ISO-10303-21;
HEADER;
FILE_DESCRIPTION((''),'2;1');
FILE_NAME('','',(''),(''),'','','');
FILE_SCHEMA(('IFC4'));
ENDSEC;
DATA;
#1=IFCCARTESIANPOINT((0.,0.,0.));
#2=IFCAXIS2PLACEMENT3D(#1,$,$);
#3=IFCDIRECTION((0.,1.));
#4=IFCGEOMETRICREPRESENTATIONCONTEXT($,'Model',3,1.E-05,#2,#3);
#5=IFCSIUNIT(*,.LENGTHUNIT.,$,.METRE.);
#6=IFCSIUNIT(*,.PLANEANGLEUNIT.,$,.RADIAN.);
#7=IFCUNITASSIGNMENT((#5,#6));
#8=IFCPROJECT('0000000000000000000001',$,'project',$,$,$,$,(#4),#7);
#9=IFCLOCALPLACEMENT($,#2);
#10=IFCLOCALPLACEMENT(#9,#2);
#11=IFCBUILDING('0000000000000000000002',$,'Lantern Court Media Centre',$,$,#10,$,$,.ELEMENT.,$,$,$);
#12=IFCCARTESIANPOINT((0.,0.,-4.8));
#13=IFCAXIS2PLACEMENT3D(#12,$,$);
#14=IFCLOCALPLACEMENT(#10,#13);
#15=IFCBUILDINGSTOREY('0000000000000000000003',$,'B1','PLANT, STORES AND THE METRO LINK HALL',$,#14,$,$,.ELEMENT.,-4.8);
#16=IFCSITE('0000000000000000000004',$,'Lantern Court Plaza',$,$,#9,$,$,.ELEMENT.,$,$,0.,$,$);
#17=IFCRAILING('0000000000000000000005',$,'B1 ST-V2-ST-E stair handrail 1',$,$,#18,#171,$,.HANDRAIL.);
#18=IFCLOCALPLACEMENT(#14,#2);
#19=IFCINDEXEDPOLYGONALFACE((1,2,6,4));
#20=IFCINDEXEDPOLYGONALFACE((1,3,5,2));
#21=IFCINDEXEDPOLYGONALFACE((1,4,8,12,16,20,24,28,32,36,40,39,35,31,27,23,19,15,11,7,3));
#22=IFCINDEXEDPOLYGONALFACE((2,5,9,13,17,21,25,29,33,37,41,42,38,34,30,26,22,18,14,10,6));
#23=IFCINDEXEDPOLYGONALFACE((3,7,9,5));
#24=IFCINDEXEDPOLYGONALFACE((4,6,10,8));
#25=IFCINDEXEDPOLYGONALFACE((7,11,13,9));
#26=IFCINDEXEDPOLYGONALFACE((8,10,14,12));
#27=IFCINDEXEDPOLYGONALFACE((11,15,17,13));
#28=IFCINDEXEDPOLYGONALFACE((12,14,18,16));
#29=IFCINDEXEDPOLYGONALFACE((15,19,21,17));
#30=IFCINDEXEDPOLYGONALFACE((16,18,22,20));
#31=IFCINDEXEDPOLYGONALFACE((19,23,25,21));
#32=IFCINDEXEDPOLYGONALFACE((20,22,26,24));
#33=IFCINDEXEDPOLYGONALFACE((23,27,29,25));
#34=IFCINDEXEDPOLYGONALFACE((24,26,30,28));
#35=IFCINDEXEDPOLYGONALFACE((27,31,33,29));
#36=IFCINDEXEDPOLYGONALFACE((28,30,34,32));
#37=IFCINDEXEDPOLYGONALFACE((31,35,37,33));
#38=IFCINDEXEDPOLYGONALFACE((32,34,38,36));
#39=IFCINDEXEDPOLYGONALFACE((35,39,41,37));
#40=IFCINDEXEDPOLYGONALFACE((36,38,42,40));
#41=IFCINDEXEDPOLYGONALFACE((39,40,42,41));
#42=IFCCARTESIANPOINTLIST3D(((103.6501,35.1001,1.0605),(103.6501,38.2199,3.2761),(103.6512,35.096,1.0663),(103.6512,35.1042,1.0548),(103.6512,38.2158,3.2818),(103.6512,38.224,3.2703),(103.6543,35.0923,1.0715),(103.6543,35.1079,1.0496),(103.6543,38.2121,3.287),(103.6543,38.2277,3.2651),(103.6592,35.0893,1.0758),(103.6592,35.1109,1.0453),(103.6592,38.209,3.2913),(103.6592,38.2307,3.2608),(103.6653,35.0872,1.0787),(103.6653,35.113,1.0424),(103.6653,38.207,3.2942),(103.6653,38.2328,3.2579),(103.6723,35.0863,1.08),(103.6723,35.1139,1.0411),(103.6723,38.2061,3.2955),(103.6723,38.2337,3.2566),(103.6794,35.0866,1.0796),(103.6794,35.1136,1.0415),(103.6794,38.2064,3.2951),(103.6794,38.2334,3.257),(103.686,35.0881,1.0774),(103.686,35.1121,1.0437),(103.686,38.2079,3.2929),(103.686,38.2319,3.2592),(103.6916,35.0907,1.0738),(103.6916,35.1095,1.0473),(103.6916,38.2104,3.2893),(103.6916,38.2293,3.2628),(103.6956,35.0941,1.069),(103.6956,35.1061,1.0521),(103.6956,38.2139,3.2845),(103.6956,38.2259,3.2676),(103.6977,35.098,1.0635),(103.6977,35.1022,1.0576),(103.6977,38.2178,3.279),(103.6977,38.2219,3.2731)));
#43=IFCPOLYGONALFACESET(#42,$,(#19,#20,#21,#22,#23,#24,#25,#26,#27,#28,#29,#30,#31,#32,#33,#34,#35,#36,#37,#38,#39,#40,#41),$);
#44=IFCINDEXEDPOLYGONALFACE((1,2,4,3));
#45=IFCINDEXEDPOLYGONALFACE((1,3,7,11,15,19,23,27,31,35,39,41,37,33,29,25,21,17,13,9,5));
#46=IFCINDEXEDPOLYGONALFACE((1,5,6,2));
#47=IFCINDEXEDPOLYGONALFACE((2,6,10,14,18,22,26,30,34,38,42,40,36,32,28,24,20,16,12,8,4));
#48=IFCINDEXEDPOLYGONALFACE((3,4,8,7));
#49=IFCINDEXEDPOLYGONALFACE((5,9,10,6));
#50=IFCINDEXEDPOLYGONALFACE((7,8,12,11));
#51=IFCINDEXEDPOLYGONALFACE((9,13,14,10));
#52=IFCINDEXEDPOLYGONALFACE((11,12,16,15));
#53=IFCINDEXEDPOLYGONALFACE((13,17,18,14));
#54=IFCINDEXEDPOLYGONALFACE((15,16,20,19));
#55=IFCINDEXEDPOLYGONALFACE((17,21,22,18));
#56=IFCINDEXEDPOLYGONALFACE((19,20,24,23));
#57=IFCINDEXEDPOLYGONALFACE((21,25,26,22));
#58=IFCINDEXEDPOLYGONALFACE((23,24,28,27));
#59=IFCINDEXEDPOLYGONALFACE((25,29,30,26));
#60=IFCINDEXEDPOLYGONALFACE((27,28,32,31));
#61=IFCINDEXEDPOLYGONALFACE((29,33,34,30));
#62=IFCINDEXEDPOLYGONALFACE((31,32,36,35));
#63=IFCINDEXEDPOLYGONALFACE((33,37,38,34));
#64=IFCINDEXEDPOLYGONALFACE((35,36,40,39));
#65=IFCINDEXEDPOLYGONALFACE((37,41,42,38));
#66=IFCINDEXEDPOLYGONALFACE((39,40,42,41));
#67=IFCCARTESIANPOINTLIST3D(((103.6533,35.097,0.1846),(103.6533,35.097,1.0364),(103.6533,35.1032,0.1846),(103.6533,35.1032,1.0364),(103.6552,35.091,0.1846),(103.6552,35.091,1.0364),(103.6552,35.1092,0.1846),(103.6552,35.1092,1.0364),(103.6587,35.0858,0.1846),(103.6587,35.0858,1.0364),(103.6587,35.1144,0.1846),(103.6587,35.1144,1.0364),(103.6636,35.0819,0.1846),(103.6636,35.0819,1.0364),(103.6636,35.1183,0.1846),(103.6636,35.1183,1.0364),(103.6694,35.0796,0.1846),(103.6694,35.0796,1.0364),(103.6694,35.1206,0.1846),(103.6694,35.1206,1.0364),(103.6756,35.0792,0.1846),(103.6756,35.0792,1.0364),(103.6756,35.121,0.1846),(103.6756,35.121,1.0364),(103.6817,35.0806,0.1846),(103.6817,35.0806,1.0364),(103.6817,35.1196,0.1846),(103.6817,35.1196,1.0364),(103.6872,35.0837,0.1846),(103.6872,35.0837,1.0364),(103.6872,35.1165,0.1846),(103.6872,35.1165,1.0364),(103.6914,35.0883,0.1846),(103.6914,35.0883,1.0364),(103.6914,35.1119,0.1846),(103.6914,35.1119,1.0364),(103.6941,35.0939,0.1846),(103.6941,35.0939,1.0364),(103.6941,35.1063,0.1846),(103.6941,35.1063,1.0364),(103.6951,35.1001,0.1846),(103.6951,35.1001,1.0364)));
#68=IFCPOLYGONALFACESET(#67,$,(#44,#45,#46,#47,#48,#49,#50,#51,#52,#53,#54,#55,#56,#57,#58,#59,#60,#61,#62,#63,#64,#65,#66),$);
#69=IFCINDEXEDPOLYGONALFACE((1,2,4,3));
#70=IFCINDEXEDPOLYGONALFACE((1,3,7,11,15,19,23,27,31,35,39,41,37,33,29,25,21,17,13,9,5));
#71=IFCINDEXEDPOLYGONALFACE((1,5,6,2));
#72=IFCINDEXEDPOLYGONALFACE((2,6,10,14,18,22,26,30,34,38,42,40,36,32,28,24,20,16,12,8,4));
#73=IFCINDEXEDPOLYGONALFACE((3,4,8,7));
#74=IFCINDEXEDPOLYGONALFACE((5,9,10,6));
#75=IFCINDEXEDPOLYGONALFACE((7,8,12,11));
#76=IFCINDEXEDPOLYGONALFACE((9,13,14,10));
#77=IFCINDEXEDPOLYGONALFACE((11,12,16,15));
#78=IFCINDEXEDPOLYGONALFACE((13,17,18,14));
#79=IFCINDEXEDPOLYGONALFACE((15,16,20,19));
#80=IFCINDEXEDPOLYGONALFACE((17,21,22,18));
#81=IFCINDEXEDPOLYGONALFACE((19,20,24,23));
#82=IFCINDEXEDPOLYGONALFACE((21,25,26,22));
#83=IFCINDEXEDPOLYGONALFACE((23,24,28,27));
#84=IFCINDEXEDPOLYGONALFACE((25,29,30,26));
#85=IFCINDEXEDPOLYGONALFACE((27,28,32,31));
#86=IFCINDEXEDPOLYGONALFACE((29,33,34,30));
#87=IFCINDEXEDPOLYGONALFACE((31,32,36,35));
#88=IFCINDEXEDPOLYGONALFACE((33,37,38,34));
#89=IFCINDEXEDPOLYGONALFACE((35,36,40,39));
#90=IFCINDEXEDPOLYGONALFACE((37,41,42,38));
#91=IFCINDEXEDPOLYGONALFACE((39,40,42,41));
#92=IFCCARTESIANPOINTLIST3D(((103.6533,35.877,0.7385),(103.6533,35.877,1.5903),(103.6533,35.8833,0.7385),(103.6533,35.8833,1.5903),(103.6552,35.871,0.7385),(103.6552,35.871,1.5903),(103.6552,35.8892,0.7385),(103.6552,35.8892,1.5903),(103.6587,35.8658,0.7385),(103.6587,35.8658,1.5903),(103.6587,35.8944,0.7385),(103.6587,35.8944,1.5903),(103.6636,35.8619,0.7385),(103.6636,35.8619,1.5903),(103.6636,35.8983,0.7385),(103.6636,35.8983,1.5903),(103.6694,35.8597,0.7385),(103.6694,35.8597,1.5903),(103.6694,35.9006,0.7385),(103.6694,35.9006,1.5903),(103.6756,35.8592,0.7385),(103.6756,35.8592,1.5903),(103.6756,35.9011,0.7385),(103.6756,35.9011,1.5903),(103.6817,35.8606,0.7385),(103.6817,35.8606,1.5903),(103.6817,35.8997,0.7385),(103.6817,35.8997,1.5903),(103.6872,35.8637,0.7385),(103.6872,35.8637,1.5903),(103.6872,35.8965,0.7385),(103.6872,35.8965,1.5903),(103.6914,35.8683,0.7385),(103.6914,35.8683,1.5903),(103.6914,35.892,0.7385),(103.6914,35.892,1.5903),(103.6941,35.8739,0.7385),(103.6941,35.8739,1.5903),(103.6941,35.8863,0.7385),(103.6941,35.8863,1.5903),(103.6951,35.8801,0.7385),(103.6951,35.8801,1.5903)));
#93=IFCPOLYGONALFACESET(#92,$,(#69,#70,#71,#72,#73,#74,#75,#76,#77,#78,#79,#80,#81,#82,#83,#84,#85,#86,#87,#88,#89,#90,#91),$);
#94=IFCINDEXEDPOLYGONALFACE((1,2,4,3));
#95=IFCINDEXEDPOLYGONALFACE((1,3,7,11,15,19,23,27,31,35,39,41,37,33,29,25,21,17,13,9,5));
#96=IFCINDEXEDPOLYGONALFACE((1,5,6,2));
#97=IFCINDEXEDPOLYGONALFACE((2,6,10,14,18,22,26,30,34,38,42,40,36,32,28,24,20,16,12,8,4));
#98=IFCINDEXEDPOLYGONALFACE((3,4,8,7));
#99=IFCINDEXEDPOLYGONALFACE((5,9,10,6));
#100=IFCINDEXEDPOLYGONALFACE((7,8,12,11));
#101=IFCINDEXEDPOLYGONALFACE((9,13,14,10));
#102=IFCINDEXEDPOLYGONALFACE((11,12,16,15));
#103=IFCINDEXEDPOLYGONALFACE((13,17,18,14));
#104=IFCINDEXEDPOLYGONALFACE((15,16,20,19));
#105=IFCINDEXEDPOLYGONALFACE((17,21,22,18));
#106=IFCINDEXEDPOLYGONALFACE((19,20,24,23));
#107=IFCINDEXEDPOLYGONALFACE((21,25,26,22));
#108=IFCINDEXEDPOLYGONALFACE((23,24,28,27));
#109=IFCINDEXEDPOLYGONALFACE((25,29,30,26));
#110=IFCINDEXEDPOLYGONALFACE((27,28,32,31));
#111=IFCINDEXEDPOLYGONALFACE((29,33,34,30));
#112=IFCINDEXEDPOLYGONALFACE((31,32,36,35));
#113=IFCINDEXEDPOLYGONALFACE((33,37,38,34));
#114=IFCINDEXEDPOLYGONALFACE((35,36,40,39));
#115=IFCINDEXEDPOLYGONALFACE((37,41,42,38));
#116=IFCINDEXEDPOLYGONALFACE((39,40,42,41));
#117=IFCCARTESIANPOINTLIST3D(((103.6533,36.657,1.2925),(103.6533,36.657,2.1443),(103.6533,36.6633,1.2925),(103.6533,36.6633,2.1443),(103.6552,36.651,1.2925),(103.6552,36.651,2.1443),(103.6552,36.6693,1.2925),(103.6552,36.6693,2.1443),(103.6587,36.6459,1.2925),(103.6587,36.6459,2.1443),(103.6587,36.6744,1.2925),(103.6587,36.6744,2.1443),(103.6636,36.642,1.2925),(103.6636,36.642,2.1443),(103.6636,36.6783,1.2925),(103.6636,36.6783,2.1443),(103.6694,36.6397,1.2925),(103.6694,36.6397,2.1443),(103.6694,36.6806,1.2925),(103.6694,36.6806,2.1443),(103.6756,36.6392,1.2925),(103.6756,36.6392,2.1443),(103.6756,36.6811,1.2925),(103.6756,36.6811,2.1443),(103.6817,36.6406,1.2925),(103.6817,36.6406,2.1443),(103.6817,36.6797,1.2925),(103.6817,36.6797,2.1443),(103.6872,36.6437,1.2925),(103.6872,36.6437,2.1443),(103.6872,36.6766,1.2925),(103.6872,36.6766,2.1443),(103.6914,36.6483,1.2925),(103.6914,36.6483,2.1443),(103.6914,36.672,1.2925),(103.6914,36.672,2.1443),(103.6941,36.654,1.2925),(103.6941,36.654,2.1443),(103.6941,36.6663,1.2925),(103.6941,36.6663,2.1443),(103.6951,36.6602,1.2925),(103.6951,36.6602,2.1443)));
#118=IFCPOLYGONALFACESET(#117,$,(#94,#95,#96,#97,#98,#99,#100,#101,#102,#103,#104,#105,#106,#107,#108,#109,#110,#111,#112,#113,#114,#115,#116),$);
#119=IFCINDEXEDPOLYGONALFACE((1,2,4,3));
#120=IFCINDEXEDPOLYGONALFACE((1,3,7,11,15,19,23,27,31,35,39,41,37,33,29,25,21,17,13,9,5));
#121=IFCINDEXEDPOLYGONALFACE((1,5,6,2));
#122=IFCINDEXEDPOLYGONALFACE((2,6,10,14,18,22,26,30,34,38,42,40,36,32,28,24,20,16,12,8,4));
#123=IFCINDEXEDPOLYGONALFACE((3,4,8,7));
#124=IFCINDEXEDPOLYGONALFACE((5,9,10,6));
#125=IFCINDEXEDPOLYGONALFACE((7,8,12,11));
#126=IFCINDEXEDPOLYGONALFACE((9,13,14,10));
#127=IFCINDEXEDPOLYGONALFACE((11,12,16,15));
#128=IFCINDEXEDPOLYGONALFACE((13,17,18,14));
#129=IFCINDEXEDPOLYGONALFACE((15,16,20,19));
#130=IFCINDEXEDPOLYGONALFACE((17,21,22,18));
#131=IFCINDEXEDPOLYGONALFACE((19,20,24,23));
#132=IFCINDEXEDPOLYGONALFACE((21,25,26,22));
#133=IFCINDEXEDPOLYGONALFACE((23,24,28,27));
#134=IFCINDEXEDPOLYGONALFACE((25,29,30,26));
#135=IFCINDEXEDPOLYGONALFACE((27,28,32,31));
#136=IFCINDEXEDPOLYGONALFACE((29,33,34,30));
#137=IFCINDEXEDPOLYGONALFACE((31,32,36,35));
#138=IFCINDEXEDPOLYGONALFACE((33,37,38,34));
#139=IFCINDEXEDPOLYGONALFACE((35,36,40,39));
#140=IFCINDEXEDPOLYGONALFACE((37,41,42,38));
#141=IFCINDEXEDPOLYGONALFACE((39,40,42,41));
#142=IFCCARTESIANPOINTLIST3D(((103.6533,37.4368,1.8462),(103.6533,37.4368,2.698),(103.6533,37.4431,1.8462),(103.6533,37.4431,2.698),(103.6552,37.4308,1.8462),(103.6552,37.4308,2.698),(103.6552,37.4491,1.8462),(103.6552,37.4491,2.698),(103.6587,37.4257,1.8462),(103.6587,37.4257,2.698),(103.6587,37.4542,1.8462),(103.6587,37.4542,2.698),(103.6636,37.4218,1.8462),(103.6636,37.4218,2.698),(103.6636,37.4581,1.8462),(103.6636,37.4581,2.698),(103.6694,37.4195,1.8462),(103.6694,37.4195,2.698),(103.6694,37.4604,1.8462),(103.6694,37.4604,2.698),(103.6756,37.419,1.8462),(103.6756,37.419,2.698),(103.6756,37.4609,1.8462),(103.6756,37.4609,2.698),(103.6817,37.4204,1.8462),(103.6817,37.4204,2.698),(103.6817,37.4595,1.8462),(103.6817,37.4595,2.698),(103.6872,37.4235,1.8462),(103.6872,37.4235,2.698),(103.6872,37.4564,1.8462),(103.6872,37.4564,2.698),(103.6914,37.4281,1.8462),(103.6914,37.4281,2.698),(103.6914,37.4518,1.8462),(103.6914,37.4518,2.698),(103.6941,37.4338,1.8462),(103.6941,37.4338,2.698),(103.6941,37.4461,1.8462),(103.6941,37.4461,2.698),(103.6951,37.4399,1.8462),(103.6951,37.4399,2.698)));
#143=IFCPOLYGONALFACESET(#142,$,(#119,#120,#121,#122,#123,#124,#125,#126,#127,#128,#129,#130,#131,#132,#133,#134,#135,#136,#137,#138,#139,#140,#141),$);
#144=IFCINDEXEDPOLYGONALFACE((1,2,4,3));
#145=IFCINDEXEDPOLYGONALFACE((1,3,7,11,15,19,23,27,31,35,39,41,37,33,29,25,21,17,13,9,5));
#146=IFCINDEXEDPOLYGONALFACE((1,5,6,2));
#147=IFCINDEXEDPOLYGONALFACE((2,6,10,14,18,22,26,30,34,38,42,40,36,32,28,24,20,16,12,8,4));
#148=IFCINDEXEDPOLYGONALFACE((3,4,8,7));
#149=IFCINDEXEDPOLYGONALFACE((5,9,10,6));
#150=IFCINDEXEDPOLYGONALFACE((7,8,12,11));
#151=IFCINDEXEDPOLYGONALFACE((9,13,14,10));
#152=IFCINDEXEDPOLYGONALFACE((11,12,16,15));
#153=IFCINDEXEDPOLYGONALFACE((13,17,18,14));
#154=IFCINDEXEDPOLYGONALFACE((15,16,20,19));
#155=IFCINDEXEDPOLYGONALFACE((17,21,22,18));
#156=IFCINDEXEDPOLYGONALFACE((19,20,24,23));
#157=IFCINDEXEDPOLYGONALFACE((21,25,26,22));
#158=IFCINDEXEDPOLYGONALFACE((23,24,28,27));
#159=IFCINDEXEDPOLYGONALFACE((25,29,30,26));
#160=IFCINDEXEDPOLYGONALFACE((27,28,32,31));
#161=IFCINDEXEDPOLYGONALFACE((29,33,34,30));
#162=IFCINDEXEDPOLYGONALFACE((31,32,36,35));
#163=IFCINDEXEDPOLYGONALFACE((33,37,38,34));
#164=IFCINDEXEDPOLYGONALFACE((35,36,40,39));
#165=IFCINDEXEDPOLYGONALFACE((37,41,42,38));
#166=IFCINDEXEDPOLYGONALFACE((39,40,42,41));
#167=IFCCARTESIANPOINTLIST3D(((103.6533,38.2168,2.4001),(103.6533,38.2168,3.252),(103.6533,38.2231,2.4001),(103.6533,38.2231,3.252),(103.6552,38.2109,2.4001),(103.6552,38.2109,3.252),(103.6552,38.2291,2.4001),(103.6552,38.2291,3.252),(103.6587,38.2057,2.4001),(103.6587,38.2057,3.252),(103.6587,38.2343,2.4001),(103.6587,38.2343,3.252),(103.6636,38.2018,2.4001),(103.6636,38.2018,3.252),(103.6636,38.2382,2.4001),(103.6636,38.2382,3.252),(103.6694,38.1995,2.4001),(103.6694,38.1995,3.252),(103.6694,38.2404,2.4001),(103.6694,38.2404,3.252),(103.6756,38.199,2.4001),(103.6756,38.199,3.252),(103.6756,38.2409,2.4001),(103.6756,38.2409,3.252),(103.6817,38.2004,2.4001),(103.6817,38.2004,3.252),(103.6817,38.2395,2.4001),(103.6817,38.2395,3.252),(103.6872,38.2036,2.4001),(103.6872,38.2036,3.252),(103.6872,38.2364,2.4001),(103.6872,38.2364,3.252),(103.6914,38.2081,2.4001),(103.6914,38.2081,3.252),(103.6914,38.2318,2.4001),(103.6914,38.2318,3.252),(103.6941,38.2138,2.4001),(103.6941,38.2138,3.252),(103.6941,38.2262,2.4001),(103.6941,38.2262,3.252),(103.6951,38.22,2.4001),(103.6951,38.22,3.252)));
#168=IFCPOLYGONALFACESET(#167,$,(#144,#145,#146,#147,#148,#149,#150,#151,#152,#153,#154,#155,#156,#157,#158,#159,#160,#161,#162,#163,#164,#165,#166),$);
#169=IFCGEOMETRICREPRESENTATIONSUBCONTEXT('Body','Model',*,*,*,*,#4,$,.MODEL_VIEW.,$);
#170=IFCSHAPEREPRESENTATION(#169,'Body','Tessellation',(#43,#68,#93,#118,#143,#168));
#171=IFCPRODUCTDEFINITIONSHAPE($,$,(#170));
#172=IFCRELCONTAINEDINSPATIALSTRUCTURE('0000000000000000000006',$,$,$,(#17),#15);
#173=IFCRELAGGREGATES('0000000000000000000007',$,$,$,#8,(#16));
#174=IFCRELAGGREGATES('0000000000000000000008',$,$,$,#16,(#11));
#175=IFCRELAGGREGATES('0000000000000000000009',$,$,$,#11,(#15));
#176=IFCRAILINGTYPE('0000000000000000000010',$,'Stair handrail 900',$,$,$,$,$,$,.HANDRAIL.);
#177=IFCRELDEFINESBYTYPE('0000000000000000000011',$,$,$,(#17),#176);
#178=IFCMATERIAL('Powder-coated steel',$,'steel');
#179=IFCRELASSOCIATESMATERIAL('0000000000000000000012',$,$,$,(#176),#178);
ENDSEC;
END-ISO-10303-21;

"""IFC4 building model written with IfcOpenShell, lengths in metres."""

from ifc_helpers import new_model, si_unit, direction, frame, origin, origin_2d, place, context, subcontext, project, spatial, circle, extrude, material, type_object, element, save


model = new_model("IFC4")

# Units and contexts
model_context = context("Model", 3, precision=1e-05, world=origin(), true_north=direction((0.0, 1.0)))
body_context = subcontext(model_context, "Body", "Model", "MODEL_VIEW")
ifc_project = project(units=[si_unit("LENGTHUNIT", "METRE"), si_unit("PLANEANGLEUNIT", "RADIAN")], contexts=[model_context])

# Site, building, storey
site_placement = place(None, origin())
site = spatial("IfcSite", under=ifc_project, at=site_placement, Name="Lantern Court Plaza", CompositionType="ELEMENT", RefElevation=0.0)
building_placement = place(site_placement, origin())
building = spatial("IfcBuilding", under=site, at=building_placement, Name="Lantern Court Media Centre", CompositionType="ELEMENT")
storey_placement = place(building_placement, frame((0.0, 0.0, -4.8)))
storey = spatial("IfcBuildingStorey", under=building, at=storey_placement, Name="B1", Description="PLANT, STORES AND THE METRO LINK HALL", CompositionType="ELEMENT", Elevation=-4.8)

# Railing
ifc_material_1 = material(Name="Powder-coated steel", Category="steel")
railing_type_1 = type_object("IfcRailingType", Name="Stair handrail 900", PredefinedType="HANDRAIL", material=ifc_material_1)
railing_1_placement = place(storey_placement, frame((103.6741, 35.1001, 0.1846)))
element("IfcRailing", 1, at=railing_1_placement, inside=storey, type_object=railing_type_1, Name="B1 ST-V2-ST-E stair handrail 1", PredefinedType="HANDRAIL", context=body_context, shape_type="SweptSolid", body=[
    extrude(circle(Radius=0.0239, at=origin_2d()), frame((0.0, 0.0, 0.876), z_axis=(0.0, 0.815325, 0.579003), x_axis=(-1.0, 0.0, 0.0)), (0.0, 0.0, 1.0), 3.8264),
    extrude(circle(Radius=0.021, at=origin_2d()), origin(), (0.0, 0.0, 1.0), 0.8518),
    extrude(circle(Radius=0.021, at=origin_2d()), frame((0.0, 0.78, 0.554)), (0.0, 0.0, 1.0), 0.8518),
    extrude(circle(Radius=0.021, at=origin_2d()), frame((0.0, 1.5601, 1.1079)), (0.0, 0.0, 1.0), 0.8518),
    extrude(circle(Radius=0.021, at=origin_2d()), frame((0.0, 2.3398, 1.6616)), (0.0, 0.0, 1.0), 0.8518),
    extrude(circle(Radius=0.021, at=origin_2d()), frame((0.0, 3.1199, 2.2156)), (0.0, 0.0, 1.0), 0.8518),
])

save(model, "model.ifc")
